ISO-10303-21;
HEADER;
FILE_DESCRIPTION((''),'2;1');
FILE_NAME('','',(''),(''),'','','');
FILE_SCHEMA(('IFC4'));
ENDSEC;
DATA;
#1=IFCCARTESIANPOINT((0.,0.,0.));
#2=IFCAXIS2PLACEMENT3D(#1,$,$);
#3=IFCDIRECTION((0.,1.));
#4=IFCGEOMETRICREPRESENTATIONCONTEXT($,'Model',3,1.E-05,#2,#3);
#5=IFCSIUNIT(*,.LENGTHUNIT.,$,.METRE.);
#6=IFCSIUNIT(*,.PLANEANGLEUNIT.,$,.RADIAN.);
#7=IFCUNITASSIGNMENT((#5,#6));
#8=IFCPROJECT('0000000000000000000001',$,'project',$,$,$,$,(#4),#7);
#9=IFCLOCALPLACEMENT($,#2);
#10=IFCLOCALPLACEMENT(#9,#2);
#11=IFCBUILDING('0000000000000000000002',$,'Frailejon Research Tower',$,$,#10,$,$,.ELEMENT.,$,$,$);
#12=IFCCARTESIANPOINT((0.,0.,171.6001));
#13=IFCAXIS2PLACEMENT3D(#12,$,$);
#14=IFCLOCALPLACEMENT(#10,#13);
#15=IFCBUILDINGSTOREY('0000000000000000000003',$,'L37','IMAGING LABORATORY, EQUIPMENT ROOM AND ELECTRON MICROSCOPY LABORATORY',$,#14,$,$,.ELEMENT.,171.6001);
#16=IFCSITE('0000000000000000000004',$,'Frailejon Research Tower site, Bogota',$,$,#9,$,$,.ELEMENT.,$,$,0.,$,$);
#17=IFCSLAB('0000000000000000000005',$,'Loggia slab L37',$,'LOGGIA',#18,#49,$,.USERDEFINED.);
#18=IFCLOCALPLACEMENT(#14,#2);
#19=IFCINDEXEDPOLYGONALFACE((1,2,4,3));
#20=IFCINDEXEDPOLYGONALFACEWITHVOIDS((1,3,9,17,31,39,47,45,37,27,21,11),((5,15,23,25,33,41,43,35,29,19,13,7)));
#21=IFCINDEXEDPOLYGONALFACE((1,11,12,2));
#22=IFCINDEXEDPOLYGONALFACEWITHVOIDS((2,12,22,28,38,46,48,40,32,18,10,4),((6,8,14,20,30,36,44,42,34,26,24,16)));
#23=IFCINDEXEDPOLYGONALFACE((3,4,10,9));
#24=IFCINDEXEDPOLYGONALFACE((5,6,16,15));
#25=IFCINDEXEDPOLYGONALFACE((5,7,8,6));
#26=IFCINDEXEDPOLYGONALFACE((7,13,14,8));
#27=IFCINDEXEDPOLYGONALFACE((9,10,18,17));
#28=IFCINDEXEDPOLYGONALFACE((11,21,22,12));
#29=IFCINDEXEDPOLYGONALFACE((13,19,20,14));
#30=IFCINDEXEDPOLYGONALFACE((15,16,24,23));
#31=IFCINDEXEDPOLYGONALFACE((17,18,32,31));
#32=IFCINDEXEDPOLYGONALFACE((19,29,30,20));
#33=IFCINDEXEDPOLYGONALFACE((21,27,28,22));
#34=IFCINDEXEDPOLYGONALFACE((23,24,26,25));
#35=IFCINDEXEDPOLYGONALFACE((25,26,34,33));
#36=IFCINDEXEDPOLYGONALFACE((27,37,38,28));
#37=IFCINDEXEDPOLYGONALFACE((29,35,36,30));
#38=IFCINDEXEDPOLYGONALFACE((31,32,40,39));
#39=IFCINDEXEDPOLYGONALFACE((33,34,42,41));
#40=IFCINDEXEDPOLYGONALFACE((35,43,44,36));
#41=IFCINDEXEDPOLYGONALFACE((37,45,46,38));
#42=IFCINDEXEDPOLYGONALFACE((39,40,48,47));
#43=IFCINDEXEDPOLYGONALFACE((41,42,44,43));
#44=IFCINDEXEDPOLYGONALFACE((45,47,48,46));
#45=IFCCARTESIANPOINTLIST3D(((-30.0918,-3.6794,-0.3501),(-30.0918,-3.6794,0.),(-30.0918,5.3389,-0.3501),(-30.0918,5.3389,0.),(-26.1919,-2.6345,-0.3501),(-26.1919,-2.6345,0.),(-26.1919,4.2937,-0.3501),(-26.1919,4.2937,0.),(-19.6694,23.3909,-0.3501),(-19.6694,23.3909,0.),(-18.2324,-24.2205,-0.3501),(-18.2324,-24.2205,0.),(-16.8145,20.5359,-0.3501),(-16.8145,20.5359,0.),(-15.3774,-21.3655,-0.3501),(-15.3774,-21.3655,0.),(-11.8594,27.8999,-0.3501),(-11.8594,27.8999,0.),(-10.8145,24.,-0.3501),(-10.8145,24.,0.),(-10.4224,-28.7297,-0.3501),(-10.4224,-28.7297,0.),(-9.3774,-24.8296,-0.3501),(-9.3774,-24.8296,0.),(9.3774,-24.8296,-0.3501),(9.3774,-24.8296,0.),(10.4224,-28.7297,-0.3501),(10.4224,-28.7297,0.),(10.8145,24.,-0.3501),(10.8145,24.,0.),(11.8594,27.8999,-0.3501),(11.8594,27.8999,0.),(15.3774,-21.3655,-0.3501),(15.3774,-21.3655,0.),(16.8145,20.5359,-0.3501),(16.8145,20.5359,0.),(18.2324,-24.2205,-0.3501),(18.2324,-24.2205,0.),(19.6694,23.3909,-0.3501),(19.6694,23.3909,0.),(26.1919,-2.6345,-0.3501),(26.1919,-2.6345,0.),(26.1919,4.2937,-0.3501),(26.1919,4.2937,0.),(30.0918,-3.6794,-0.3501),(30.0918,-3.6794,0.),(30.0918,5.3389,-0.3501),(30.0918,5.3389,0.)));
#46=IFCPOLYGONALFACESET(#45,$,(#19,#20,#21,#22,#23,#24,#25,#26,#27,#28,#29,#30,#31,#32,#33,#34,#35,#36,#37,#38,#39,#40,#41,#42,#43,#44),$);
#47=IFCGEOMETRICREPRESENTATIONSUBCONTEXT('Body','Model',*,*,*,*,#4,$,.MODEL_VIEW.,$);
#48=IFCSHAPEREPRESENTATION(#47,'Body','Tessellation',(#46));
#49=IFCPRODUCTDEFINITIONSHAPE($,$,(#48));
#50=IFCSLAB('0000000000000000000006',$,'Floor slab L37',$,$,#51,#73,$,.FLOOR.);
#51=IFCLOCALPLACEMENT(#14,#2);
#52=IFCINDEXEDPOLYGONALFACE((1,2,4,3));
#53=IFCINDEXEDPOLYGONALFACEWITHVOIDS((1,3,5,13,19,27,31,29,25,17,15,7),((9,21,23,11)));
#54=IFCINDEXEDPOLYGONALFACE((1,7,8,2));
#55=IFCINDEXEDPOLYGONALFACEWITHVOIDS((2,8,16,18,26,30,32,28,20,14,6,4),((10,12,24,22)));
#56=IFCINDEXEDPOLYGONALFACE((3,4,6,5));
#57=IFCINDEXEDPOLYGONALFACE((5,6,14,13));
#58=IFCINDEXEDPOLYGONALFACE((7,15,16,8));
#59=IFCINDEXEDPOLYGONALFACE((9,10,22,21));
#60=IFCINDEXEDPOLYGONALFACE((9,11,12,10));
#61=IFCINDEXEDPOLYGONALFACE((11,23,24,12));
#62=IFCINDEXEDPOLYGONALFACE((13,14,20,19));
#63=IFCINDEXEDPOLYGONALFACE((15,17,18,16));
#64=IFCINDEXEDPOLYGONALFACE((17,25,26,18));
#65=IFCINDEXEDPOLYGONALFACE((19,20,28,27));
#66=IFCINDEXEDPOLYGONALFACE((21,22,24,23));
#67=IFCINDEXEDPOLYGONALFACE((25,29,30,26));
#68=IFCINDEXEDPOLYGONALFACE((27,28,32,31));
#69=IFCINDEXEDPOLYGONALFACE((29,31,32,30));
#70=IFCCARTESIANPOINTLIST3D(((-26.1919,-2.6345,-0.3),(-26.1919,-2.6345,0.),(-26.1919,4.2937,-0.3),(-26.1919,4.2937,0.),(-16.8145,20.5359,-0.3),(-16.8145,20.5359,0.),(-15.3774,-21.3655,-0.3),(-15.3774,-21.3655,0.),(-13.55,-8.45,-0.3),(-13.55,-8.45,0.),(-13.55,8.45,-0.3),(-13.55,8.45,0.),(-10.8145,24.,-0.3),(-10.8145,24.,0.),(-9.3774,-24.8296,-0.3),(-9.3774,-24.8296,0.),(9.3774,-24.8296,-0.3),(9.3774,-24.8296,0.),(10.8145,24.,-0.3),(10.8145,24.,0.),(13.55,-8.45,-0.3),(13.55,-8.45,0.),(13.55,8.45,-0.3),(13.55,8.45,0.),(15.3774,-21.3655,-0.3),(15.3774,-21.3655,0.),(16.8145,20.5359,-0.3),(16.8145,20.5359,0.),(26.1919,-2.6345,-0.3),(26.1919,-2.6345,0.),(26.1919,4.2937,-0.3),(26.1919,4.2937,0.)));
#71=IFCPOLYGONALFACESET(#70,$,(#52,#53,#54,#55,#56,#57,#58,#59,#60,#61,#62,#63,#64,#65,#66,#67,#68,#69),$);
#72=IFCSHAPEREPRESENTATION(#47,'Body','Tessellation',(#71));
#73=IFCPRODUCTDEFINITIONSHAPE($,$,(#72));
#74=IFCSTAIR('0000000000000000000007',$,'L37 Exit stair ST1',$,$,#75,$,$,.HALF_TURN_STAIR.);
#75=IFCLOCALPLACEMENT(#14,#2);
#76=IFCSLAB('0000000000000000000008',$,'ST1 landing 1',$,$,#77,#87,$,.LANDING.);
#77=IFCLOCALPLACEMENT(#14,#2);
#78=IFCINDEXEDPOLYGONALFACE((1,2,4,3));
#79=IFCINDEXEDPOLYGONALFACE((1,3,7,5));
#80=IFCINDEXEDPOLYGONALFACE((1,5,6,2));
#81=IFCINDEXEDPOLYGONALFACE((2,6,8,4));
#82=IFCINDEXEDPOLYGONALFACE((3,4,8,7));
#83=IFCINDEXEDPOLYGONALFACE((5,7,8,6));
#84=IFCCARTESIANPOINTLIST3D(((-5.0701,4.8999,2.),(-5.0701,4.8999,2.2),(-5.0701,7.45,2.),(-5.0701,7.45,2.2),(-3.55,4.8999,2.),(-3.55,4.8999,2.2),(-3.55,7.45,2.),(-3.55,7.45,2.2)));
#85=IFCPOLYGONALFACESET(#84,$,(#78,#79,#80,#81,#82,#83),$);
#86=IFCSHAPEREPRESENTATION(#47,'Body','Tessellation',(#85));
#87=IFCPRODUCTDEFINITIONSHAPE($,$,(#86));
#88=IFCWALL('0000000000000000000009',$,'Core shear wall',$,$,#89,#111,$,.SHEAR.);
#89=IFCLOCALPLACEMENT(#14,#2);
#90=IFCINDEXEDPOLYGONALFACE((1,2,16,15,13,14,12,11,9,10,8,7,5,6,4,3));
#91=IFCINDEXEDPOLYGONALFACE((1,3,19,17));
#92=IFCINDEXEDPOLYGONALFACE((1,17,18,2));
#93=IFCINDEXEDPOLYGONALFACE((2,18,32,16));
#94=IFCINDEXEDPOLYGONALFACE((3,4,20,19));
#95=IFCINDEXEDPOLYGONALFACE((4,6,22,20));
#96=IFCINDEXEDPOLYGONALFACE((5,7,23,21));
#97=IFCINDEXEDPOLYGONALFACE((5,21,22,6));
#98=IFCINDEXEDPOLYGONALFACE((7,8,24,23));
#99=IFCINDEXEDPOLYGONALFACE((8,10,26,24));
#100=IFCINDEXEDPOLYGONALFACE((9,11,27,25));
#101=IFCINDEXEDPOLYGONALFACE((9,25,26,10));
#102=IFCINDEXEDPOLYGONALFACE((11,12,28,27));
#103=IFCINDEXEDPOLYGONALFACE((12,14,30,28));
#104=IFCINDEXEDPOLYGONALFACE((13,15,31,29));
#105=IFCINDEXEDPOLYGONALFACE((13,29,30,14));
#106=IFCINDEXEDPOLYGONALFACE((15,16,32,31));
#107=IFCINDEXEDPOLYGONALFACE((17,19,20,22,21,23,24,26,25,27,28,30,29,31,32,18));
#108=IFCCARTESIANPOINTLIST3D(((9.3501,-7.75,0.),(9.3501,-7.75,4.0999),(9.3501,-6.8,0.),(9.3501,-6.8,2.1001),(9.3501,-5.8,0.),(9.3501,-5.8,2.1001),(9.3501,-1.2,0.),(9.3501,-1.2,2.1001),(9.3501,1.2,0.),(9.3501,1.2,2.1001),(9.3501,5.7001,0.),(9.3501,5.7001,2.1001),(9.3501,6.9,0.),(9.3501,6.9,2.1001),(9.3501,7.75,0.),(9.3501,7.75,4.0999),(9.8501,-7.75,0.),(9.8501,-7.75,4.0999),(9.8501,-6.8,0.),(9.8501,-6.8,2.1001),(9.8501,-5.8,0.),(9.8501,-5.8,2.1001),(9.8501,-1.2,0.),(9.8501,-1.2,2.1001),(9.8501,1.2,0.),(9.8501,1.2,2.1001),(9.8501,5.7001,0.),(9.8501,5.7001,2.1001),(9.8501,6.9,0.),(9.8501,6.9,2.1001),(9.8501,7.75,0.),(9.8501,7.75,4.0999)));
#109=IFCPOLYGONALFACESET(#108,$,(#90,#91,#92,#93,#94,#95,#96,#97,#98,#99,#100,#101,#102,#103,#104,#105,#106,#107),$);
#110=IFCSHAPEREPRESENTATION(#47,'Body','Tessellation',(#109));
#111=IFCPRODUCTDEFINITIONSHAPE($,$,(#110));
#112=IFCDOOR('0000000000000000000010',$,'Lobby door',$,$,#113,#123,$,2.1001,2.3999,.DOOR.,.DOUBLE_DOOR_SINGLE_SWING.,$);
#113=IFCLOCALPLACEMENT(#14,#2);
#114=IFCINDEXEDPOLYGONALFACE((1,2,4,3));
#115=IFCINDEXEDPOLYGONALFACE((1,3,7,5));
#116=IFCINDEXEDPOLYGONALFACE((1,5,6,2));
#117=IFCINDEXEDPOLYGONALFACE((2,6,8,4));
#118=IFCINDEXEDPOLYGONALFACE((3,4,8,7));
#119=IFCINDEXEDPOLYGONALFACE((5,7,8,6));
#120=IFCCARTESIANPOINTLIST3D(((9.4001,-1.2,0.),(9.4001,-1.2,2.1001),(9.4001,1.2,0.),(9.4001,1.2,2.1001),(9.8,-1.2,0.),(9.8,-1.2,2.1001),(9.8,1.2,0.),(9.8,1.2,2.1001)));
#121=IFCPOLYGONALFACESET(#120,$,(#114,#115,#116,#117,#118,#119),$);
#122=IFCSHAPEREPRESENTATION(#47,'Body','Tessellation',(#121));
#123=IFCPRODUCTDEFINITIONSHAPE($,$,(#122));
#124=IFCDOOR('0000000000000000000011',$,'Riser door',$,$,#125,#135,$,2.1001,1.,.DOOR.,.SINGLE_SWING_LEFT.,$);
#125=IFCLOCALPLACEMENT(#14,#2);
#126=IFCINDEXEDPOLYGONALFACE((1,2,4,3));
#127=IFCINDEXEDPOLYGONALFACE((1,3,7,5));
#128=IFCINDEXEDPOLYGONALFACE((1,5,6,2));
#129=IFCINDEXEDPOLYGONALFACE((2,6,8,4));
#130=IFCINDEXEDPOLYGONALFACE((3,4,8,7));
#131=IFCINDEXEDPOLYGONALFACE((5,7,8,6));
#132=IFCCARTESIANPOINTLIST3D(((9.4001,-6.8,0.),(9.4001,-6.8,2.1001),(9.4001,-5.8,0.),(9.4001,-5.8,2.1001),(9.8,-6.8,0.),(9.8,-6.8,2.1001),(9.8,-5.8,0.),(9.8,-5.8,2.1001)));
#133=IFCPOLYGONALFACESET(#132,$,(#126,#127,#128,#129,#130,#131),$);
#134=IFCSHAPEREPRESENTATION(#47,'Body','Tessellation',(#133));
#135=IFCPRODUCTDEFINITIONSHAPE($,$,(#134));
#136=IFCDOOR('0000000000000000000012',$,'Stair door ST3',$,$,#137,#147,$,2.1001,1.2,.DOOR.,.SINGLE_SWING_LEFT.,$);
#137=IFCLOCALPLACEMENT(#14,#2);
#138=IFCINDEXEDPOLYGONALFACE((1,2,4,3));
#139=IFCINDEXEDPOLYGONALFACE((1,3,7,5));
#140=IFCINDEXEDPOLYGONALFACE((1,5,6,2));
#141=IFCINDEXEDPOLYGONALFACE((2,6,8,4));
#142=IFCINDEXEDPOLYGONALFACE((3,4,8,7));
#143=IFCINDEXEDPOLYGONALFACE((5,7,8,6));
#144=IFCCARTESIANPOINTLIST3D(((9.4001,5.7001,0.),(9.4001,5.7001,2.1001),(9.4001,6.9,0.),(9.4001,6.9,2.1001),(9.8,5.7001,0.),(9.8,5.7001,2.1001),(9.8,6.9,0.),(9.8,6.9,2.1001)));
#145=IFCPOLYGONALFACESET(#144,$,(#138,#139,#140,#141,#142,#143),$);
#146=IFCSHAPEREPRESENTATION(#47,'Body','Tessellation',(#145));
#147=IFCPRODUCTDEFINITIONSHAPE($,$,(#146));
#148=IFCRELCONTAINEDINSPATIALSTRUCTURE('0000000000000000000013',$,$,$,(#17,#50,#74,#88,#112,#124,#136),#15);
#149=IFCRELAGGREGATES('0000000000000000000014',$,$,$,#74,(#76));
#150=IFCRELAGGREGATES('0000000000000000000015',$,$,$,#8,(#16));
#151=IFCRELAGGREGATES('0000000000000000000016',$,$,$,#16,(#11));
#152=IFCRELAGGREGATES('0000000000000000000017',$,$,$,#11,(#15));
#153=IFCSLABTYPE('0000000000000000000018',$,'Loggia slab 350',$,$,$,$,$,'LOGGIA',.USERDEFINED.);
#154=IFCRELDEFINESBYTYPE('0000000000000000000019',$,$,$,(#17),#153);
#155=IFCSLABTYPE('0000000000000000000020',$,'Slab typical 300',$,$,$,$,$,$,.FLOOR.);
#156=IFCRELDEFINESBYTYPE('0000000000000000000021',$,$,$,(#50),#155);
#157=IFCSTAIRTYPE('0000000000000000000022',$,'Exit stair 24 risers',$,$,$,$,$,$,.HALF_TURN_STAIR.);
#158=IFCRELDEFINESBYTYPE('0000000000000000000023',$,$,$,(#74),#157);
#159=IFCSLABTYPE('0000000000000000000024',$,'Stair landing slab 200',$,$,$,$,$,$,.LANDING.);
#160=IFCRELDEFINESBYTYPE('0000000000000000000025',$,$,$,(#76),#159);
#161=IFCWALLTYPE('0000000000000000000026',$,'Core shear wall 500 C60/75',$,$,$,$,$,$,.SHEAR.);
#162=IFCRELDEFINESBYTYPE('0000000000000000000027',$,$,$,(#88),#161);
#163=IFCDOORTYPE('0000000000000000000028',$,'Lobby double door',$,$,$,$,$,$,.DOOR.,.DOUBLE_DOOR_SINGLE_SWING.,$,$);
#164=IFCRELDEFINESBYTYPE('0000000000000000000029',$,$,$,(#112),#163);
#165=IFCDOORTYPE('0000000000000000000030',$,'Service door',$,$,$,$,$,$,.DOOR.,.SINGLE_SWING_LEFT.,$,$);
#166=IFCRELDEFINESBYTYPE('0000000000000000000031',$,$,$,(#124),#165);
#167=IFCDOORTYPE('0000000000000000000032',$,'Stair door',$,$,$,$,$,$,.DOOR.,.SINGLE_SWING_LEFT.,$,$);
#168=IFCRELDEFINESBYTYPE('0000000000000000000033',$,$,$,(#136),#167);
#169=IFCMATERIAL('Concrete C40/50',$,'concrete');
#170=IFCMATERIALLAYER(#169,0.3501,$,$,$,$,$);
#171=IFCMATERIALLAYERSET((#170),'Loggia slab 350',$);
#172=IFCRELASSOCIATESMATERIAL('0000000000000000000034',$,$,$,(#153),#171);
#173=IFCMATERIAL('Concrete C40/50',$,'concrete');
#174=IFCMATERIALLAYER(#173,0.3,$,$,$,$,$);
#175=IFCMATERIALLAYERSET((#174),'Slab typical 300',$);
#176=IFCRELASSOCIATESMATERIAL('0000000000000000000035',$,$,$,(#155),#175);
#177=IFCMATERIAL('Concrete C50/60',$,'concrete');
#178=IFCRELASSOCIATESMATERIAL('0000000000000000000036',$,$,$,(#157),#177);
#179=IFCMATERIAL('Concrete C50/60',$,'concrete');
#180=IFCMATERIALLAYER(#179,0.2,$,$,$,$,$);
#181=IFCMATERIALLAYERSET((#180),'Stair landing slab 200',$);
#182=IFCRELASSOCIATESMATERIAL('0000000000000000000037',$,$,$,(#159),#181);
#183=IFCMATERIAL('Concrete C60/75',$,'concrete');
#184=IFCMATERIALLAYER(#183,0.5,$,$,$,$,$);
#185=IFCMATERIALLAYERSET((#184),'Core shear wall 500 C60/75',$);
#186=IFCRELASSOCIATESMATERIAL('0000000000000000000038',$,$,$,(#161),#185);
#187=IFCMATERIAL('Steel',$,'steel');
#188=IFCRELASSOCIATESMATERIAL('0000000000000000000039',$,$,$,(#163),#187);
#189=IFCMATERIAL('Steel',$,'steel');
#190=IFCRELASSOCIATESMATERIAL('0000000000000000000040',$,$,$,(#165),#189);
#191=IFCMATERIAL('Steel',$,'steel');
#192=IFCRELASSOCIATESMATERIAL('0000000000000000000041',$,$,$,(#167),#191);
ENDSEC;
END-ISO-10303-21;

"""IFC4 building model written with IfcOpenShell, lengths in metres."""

from ifc_helpers import new_model, si_unit, direction, frame, frame_2d, origin, place, context, subcontext, project, spatial, polyline, rectangle, outline, extrude, material, layer, layer_set, type_object, element, fill, aggregate, save


model = new_model("IFC4")

# Units and contexts
model_context = context("Model", 3, precision=1e-05, world=origin(), true_north=direction((0.0, 1.0)))
body_context = subcontext(model_context, "Body", "Model", "MODEL_VIEW")
ifc_project = project(units=[si_unit("LENGTHUNIT", "METRE"), si_unit("PLANEANGLEUNIT", "RADIAN")], contexts=[model_context])

# Site, building, storey
site_placement = place(None, origin())
site = spatial("IfcSite", under=ifc_project, at=site_placement, Name="Frailejon Research Tower site, Bogota", CompositionType="ELEMENT", RefElevation=0.0)
building_placement = place(site_placement, origin())
building = spatial("IfcBuilding", under=site, at=building_placement, Name="Frailejon Research Tower", CompositionType="ELEMENT")
storey_placement = place(building_placement, frame((0.0, 0.0, 171.6001)))
storey = spatial("IfcBuildingStorey", under=building, at=storey_placement, Name="L37", Description="IMAGING LABORATORY, EQUIPMENT ROOM AND ELECTRON MICROSCOPY LABORATORY", CompositionType="ELEMENT", Elevation=171.6001)

# Slabs
ifc_material_1 = material(Name="Concrete C40/50", Category="concrete")
ifc_layer_1 = layer(ifc_material_1, 0.3501)
ifc_layer_set_1 = layer_set([ifc_layer_1], Name="Loggia slab 350")
slab_type_1 = type_object("IfcSlabType", Name="Loggia slab 350", ElementType="LOGGIA", PredefinedType="USERDEFINED", material=ifc_layer_set_1)
slab_1_placement = place(storey_placement, frame((0.0, 0.0, -0.3501)))
element("IfcSlab", 1, at=slab_1_placement, inside=storey, type_object=slab_type_1, Name="Loggia slab L37", ObjectType="LOGGIA", PredefinedType="USERDEFINED", context=body_context, shape_type="SweptSolid", body=[
    extrude(outline(polyline([(18.2324, -24.2205), (10.4224, -28.7297), (-10.4224, -28.7297), (-18.2324, -24.2205), (-30.0918, -3.6794), (-30.0918, 5.3389), (-19.6694, 23.3909), (-11.8594, 27.8999), (11.8594, 27.8999), (19.6694, 23.3909), (30.0918, 5.3389), (30.0918, -3.6794), (18.2324, -24.2205)]), holes=[polyline([(26.1919, 4.2937), (16.8145, 20.5359), (10.8145, 24.0), (-10.8145, 24.0), (-16.8145, 20.5359), (-26.1919, 4.2937), (-26.1919, -2.6345), (-15.3774, -21.3655), (-9.3774, -24.8296), (9.3774, -24.8296), (15.3774, -21.3655), (26.1919, -2.6345), (26.1919, 4.2937)])]), origin(), (0.0, 0.0, 1.0), 0.3501),
])
ifc_material_2 = material(Name="Concrete C40/50", Category="concrete")
ifc_layer_2 = layer(ifc_material_2, 0.3)
ifc_layer_set_2 = layer_set([ifc_layer_2], Name="Slab typical 300")
slab_type_2 = type_object("IfcSlabType", Name="Slab typical 300", PredefinedType="FLOOR", material=ifc_layer_set_2)
slab_2_placement = place(storey_placement, frame((0.0, 0.0, -0.3)))
element("IfcSlab", 2, at=slab_2_placement, inside=storey, type_object=slab_type_2, Name="Floor slab L37", PredefinedType="FLOOR", context=body_context, shape_type="SweptSolid", body=[
    extrude(outline(polyline([(26.1919, -2.6345), (26.1919, 4.2937), (16.8145, 20.5359), (10.8145, 24.0), (-10.8145, 24.0), (-16.8145, 20.5359), (-26.1919, 4.2937), (-26.1919, -2.6345), (-15.3774, -21.3655), (-9.3774, -24.8296), (9.3774, -24.8296), (15.3774, -21.3655), (26.1919, -2.6345)]), holes=[polyline([(13.55, -8.45), (-13.55, -8.45), (-13.55, 8.45), (13.55, 8.45), (13.55, -8.45)])]), origin(), (0.0, 0.0, 1.0), 0.3),
])

# Stair, slab
ifc_material_3 = material(Name="Concrete C50/60", Category="concrete")
stair_type = type_object("IfcStairType", Name="Exit stair 24 risers", PredefinedType="HALF_TURN_STAIR", material=ifc_material_3)
stair_placement = place(storey_placement, origin())
stair = element("IfcStair", 3, at=stair_placement, inside=storey, type_object=stair_type, Name="L37 Exit stair ST1", PredefinedType="HALF_TURN_STAIR")
ifc_material_4 = material(Name="Concrete C50/60", Category="concrete")
ifc_layer_3 = layer(ifc_material_4, 0.2)
ifc_layer_set_3 = layer_set([ifc_layer_3], Name="Stair landing slab 200")
slab_type_3 = type_object("IfcSlabType", Name="Stair landing slab 200", PredefinedType="LANDING", material=ifc_layer_set_3)
slab_3_placement = place(storey_placement, frame((0.0, 0.0, 2.0)))
slab_3 = element("IfcSlab", 4, at=slab_3_placement, type_object=slab_type_3, Name="ST1 landing 1", PredefinedType="LANDING", context=body_context, shape_type="SweptSolid", body=[
    extrude(outline(polyline([(-5.0701, 4.8999), (-3.55, 4.8999), (-3.55, 7.45), (-5.0701, 7.45), (-5.0701, 4.8999)])), origin(), (0.0, 0.0, 1.0), 0.2),
])
aggregate(stair, [slab_3])

# Wall, openings, doors
ifc_material_5 = material(Name="Concrete C60/75", Category="concrete")
ifc_layer_4 = layer(ifc_material_5, 0.5)
ifc_layer_set_4 = layer_set([ifc_layer_4], Name="Core shear wall 500 C60/75")
wall_type_1 = type_object("IfcWallType", Name="Core shear wall 500 C60/75", PredefinedType="SHEAR", material=ifc_layer_set_4)
wall_1_placement = place(storey_placement, frame((9.6001, -7.75, 0.0), z_axis=(0.0, 0.0, 1.0), x_axis=(0.0, 1.0, 0.0)))
wall_1 = element("IfcWall", 5, at=wall_1_placement, inside=storey, type_object=wall_type_1, Name="Core shear wall", PredefinedType="SHEAR", context=body_context, shape_type="SweptSolid", body=[
    extrude(rectangle(XDim=15.5, YDim=0.5, at=frame_2d((7.75, 0.0))), origin(), (0.0, 0.0, 1.0), 4.0999),
])
opening_1_placement = place(wall_1_placement, frame((6.55, 0.0, 0.0)))
opening_1 = element("IfcOpeningElement", 6, at=opening_1_placement, cuts=wall_1, PredefinedType="OPENING", context=body_context, shape_type="SweptSolid", body=[
    extrude(rectangle(XDim=2.3999, YDim=2.1001, at=frame_2d((1.2, 1.05))), frame((0.0, 0.26, 0.0), z_axis=(0.0, -1.0, 0.0), x_axis=(1.0, 0.0, 0.0)), (0.0, 0.0, 1.0), 0.52),
])
opening_2_placement = place(wall_1_placement, frame((13.45, 0.0, 0.0)))
opening_2 = element("IfcOpeningElement", 7, at=opening_2_placement, cuts=wall_1, PredefinedType="OPENING", context=body_context, shape_type="SweptSolid", body=[
    extrude(rectangle(XDim=1.2, YDim=2.1001, at=frame_2d((0.6001, 1.05))), frame((0.0, 0.26, 0.0), z_axis=(0.0, -1.0, 0.0), x_axis=(1.0, 0.0, 0.0)), (0.0, 0.0, 1.0), 0.52),
])
opening_3_placement = place(wall_1_placement, frame((0.95, 0.0, 0.0)))
opening_3 = element("IfcOpeningElement", 8, at=opening_3_placement, cuts=wall_1, PredefinedType="OPENING", context=body_context, shape_type="SweptSolid", body=[
    extrude(rectangle(XDim=1.0, YDim=2.1001, at=frame_2d((0.5, 1.05))), frame((0.0, 0.26, 0.0), z_axis=(0.0, -1.0, 0.0), x_axis=(1.0, 0.0, 0.0)), (0.0, 0.0, 1.0), 0.52),
])
ifc_material_6 = material(Name="Steel", Category="steel")
door_type_1 = type_object("IfcDoorType", Name="Lobby double door", OperationType="DOUBLE_DOOR_SINGLE_SWING", PredefinedType="DOOR", material=ifc_material_6)
door_1_placement = place(opening_1_placement, origin())
door_1 = element("IfcDoor", 9, at=door_1_placement, inside=storey, type_object=door_type_1, Name="Lobby door", OperationType="DOUBLE_DOOR_SINGLE_SWING", OverallHeight=2.1001, OverallWidth=2.3999, PredefinedType="DOOR", context=body_context, shape_type="SweptSolid", body=[
    extrude(rectangle(XDim=2.3999, YDim=2.1001, at=frame_2d((1.2, 1.05))), frame((0.0, 0.2, 0.0), z_axis=(0.0, -1.0, 0.0), x_axis=(1.0, 0.0, 0.0)), (0.0, 0.0, 1.0), 0.3999),
])
fill(opening_1, door_1)
ifc_material_7 = material(Name="Steel", Category="steel")
door_type_2 = type_object("IfcDoorType", Name="Service door", OperationType="SINGLE_SWING_LEFT", PredefinedType="DOOR", material=ifc_material_7)
door_2_placement = place(opening_3_placement, origin())
door_2 = element("IfcDoor", 10, at=door_2_placement, inside=storey, type_object=door_type_2, Name="Riser door", OperationType="SINGLE_SWING_LEFT", OverallHeight=2.1001, OverallWidth=1.0, PredefinedType="DOOR", context=body_context, shape_type="SweptSolid", body=[
    extrude(rectangle(XDim=1.0, YDim=2.1001, at=frame_2d((0.5, 1.05))), frame((0.0, 0.2, 0.0), z_axis=(0.0, -1.0, 0.0), x_axis=(1.0, 0.0, 0.0)), (0.0, 0.0, 1.0), 0.3999),
])
fill(opening_3, door_2)
ifc_material_8 = material(Name="Steel", Category="steel")
door_type_3 = type_object("IfcDoorType", Name="Stair door", OperationType="SINGLE_SWING_LEFT", PredefinedType="DOOR", material=ifc_material_8)
door_3_placement = place(opening_2_placement, origin())
door_3 = element("IfcDoor", 11, at=door_3_placement, inside=storey, type_object=door_type_3, Name="Stair door ST3", OperationType="SINGLE_SWING_LEFT", OverallHeight=2.1001, OverallWidth=1.2, PredefinedType="DOOR", context=body_context, shape_type="SweptSolid", body=[
    extrude(rectangle(XDim=1.2, YDim=2.1001, at=frame_2d((0.6001, 1.05))), frame((0.0, 0.2, 0.0), z_axis=(0.0, -1.0, 0.0), x_axis=(1.0, 0.0, 0.0)), (0.0, 0.0, 1.0), 0.3999),
])
fill(opening_2, door_3)

save(model, "model.ifc")
